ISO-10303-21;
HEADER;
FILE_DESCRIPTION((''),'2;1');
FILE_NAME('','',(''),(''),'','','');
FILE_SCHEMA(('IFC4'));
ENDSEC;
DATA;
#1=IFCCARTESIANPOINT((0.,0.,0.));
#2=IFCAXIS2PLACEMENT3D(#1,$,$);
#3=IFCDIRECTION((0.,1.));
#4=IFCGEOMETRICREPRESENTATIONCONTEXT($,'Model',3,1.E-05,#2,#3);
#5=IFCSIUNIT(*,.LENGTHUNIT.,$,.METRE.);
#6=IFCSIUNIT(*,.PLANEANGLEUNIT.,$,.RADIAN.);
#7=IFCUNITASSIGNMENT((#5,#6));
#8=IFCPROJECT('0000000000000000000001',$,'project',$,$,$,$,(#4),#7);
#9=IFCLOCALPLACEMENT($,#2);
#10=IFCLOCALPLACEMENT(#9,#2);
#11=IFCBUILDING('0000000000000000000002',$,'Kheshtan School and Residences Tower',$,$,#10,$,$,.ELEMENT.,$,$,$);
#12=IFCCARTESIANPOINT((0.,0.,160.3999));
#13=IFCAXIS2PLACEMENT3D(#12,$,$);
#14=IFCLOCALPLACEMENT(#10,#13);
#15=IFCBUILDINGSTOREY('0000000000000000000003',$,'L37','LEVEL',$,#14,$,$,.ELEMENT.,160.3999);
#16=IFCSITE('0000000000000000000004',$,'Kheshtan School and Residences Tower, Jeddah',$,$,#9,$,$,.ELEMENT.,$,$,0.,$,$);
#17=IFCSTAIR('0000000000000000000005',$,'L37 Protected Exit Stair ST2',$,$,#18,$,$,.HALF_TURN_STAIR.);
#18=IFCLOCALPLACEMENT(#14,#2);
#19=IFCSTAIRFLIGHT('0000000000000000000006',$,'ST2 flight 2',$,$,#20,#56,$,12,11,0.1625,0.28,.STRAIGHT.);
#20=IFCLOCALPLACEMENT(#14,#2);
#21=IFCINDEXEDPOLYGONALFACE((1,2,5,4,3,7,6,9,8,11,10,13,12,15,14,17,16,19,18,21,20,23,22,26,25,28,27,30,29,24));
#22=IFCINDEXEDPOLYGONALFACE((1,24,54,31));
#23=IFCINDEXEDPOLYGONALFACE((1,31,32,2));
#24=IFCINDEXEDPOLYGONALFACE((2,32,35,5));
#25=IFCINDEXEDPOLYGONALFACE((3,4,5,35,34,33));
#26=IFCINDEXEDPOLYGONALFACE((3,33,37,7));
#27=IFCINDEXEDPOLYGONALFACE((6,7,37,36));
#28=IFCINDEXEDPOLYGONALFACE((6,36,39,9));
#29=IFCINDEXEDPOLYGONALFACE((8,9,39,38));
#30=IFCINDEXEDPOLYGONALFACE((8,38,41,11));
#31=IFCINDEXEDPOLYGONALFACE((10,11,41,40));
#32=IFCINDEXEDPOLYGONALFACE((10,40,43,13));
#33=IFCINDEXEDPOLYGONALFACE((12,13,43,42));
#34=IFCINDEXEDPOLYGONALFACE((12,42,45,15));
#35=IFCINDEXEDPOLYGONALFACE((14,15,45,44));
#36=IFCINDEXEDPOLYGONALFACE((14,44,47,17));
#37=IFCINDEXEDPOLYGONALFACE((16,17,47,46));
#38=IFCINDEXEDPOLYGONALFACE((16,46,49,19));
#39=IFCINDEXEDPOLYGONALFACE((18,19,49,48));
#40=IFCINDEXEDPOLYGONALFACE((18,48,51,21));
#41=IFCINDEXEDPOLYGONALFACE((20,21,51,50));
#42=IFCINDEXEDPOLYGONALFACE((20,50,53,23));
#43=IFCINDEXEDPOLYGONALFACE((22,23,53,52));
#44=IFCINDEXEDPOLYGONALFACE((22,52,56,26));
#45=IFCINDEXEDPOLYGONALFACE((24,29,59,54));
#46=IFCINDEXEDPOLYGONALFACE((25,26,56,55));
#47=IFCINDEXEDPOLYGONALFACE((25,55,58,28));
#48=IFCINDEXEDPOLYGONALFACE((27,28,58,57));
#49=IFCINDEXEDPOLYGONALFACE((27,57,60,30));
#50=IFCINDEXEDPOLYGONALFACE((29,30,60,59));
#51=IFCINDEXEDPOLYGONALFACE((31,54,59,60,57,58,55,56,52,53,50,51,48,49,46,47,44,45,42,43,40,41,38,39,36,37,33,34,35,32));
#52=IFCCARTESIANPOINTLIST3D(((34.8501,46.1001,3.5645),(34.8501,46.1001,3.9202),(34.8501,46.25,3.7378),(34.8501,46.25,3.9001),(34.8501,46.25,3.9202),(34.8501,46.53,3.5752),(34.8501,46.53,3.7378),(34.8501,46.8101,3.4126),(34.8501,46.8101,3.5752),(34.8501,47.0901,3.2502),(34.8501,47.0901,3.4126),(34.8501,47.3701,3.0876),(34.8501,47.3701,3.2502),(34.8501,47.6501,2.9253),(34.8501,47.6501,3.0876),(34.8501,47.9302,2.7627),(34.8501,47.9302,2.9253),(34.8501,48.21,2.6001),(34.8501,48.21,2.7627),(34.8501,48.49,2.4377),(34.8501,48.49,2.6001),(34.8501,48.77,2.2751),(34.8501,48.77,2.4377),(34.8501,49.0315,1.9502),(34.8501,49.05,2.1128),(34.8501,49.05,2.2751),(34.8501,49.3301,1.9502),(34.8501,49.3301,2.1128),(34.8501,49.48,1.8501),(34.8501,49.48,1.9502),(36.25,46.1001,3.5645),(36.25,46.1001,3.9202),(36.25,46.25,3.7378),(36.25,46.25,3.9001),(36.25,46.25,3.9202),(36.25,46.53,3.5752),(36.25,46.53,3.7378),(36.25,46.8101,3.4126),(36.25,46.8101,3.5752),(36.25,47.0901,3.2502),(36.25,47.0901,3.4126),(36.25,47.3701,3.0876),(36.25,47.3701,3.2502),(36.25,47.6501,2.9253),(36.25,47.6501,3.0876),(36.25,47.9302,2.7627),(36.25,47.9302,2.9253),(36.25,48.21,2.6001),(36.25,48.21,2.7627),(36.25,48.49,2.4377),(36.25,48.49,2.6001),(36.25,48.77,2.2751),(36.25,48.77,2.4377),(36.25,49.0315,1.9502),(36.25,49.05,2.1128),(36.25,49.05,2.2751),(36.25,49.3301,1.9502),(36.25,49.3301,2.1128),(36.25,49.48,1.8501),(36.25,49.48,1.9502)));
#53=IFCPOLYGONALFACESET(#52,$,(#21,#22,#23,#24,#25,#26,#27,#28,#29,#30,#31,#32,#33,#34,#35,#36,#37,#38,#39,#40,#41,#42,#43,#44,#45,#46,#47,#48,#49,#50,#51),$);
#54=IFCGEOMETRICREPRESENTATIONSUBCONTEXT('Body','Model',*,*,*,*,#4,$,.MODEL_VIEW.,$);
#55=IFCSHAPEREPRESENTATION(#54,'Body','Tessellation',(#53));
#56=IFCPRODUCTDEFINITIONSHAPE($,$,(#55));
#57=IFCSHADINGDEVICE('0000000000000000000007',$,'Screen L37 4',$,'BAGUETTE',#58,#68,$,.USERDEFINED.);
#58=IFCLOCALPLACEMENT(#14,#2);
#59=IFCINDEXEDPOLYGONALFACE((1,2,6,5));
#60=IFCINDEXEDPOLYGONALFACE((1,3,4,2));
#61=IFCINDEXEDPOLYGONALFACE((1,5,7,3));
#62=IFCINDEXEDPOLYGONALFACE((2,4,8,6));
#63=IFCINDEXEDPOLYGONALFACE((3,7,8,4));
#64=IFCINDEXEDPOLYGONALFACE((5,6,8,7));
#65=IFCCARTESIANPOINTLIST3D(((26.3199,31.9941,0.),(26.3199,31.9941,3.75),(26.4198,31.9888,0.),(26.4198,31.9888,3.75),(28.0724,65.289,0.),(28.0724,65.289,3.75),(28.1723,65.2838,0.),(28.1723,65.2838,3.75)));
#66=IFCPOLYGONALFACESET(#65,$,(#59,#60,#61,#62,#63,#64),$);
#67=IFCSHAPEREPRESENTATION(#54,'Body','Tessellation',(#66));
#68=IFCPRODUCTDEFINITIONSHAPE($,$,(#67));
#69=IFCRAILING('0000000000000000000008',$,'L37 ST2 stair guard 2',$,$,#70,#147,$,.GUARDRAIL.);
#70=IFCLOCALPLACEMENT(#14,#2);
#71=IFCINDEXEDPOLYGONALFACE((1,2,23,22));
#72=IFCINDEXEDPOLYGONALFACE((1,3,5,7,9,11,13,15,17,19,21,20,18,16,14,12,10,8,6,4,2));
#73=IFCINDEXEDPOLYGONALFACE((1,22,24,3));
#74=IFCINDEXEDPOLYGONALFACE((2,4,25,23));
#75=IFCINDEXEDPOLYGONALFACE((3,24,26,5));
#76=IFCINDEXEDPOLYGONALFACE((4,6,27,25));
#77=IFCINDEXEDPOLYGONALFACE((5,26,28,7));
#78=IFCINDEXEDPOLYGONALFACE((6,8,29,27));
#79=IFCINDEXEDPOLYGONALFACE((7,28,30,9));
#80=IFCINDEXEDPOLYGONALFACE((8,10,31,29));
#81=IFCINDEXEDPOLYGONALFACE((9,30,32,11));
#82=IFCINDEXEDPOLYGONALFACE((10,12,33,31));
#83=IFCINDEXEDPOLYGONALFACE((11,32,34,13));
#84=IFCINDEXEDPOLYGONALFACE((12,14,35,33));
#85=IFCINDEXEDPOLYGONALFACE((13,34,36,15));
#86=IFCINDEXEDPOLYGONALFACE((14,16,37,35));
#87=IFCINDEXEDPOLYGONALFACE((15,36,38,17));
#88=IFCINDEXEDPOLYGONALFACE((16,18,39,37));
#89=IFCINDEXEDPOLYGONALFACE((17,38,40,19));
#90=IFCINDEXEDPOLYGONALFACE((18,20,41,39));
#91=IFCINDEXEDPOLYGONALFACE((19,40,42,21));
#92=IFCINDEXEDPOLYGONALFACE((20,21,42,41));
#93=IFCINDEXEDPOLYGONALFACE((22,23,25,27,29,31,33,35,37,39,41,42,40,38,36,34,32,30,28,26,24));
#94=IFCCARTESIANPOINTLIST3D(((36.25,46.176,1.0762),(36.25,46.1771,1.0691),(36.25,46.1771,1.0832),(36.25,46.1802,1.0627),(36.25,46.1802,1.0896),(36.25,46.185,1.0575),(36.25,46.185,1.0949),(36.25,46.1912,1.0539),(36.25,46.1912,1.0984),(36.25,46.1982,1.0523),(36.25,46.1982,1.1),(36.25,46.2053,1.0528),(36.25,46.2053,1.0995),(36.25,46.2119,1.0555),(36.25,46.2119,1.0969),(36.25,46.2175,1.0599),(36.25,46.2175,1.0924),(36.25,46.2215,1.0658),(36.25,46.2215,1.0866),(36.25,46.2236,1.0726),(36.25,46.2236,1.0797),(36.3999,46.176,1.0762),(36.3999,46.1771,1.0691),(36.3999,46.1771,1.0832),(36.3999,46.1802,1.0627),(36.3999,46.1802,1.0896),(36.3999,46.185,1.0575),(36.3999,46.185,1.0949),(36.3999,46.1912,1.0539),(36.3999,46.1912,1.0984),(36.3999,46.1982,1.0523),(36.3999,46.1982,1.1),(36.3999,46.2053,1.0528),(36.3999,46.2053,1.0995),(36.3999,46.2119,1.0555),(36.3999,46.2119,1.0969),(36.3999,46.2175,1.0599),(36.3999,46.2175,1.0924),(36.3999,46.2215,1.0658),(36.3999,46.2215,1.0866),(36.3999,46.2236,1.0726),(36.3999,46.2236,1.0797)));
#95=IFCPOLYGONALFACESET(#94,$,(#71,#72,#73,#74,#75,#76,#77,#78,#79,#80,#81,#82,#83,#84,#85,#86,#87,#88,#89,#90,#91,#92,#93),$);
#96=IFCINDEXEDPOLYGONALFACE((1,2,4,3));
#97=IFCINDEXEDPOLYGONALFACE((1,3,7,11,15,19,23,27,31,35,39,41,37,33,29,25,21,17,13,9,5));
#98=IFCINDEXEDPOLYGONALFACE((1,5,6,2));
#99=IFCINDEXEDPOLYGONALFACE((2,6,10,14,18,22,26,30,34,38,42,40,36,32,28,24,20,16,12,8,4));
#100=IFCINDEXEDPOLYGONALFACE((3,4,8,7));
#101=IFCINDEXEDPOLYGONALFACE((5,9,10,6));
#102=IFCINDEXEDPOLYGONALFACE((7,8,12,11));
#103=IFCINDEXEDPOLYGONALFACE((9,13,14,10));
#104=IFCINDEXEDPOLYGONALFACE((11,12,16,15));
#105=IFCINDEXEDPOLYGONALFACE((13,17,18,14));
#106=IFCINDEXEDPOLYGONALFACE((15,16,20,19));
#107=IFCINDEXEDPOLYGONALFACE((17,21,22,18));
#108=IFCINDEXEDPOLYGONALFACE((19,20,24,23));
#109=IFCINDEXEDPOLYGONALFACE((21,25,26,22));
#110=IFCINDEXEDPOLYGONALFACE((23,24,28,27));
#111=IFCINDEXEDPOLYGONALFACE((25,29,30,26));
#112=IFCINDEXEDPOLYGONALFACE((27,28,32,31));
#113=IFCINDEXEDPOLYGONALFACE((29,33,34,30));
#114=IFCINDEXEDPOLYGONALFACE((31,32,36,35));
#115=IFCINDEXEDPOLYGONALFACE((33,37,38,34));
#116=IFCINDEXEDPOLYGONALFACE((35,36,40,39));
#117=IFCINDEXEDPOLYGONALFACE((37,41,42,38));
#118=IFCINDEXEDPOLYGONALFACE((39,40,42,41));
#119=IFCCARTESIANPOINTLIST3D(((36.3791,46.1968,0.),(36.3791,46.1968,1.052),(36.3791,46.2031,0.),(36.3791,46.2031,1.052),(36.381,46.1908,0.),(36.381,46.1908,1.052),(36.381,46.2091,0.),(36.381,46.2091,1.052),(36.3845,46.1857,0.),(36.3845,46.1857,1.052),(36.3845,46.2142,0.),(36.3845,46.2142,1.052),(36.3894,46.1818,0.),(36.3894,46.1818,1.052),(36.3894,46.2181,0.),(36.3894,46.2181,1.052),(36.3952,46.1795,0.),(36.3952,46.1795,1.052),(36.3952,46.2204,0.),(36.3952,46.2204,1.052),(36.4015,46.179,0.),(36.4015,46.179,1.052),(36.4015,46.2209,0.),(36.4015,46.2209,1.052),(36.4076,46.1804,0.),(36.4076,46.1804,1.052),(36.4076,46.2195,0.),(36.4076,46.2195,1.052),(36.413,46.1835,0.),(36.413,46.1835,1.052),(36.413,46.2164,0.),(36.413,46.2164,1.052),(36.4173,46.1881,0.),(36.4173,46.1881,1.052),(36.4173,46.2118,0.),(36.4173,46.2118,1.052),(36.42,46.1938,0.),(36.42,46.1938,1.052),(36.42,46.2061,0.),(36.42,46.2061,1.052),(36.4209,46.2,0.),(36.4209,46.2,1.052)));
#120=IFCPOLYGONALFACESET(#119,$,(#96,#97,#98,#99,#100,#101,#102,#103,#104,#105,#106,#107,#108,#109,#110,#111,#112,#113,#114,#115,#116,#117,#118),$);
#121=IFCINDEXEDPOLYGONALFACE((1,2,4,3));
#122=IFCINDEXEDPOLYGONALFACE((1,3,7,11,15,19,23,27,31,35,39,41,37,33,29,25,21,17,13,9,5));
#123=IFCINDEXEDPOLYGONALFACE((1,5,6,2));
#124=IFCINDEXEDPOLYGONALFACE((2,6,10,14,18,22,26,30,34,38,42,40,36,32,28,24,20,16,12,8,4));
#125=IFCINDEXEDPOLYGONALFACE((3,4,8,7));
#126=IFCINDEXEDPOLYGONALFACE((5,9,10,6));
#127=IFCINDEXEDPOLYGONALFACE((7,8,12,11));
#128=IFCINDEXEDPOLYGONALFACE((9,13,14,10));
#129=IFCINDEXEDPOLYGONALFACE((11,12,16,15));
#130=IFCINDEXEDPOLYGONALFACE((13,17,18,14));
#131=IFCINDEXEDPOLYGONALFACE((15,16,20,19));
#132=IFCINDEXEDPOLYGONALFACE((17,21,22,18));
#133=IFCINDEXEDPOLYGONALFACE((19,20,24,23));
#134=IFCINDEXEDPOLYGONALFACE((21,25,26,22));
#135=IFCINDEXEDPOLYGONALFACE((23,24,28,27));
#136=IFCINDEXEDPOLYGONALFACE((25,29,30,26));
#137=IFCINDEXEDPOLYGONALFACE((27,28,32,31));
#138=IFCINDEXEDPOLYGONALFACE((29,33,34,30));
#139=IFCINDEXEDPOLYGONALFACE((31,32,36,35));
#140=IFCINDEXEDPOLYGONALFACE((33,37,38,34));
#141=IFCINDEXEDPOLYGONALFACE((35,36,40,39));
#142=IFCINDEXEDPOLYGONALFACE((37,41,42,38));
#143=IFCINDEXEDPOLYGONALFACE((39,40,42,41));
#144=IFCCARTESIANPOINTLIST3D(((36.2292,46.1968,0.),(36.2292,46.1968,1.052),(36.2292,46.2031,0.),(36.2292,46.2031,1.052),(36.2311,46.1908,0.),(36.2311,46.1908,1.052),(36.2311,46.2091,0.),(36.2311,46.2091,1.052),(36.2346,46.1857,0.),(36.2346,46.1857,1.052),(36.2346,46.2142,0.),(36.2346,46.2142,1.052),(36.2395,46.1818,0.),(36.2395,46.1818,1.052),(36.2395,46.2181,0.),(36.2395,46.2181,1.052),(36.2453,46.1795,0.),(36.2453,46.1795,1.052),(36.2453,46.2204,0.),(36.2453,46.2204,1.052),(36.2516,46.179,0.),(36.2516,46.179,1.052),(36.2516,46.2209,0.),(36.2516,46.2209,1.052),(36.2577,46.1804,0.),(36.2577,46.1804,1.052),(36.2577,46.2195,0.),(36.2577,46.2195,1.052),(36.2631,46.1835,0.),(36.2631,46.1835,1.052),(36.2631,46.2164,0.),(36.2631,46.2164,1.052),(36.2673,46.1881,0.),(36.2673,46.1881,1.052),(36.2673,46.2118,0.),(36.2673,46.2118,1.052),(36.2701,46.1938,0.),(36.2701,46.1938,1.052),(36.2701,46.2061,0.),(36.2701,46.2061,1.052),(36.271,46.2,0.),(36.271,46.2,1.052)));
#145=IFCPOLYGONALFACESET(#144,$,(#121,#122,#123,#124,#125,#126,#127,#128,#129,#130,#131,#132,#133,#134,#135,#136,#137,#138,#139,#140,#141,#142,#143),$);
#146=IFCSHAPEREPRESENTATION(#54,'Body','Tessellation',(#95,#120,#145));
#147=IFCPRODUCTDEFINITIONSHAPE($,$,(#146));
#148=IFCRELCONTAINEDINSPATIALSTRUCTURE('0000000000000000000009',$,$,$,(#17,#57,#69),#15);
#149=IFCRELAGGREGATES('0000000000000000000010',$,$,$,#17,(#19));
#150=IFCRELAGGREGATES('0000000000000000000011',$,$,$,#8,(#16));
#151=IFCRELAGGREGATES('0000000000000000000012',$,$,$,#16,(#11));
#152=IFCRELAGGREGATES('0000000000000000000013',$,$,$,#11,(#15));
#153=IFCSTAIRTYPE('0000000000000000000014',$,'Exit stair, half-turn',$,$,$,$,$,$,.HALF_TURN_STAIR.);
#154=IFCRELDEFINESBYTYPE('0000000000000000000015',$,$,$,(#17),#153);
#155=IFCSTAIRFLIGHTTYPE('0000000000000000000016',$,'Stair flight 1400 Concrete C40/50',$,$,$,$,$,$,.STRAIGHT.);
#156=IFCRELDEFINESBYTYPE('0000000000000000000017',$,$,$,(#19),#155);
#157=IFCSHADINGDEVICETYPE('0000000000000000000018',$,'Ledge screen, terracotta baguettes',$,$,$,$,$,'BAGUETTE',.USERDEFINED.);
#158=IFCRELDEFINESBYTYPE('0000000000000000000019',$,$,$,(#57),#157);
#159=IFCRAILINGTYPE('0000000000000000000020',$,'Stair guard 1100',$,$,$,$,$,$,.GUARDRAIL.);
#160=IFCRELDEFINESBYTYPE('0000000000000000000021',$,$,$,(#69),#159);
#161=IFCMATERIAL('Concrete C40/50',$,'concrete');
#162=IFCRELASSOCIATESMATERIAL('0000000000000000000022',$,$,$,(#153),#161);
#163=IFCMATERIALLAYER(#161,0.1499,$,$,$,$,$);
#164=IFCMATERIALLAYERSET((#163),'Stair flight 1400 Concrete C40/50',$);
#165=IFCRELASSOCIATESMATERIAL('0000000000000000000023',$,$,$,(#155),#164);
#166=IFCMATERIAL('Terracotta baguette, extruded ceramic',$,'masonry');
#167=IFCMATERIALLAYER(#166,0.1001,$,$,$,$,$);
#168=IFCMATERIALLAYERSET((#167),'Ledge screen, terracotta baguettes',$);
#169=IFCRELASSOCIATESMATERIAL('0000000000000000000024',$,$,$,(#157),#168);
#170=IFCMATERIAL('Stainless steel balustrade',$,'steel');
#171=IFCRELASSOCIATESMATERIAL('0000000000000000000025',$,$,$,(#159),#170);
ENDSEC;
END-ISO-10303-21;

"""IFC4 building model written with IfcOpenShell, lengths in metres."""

from ifc_helpers import new_model, si_unit, direction, frame, origin, origin_2d, place, context, subcontext, project, spatial, polyline, rectangle, circle, outline, extrude, material, layer, layer_set, type_object, element, aggregate, save


model = new_model("IFC4")

# Units and contexts
model_context = context("Model", 3, precision=1e-05, world=origin(), true_north=direction((0.0, 1.0)))
body_context = subcontext(model_context, "Body", "Model", "MODEL_VIEW")
ifc_project = project(units=[si_unit("LENGTHUNIT", "METRE"), si_unit("PLANEANGLEUNIT", "RADIAN")], contexts=[model_context])

# Site, building, storey
site_placement = place(None, origin())
site = spatial("IfcSite", under=ifc_project, at=site_placement, Name="Kheshtan School and Residences Tower, Jeddah", CompositionType="ELEMENT", RefElevation=0.0)
building_placement = place(site_placement, origin())
building = spatial("IfcBuilding", under=site, at=building_placement, Name="Kheshtan School and Residences Tower", CompositionType="ELEMENT")
storey_placement = place(building_placement, frame((0.0, 0.0, 160.3999)))
storey = spatial("IfcBuildingStorey", under=building, at=storey_placement, Name="L37", Description="LEVEL", CompositionType="ELEMENT", Elevation=160.3999)

# Shared definitions
ifc_material_1 = material(Name="Concrete C40/50", Category="concrete")

# Stair, stair flight
stair_type = type_object("IfcStairType", Name="Exit stair, half-turn", PredefinedType="HALF_TURN_STAIR", material=ifc_material_1)
stair_placement = place(storey_placement, origin())
stair = element("IfcStair", 1, at=stair_placement, inside=storey, type_object=stair_type, Name="L37 Protected Exit Stair ST2", PredefinedType="HALF_TURN_STAIR")
ifc_layer_1 = layer(ifc_material_1, 0.1499)
ifc_layer_set_1 = layer_set([ifc_layer_1], Name="Stair flight 1400 Concrete C40/50")
stair_flight_type = type_object("IfcStairFlightType", Name="Stair flight 1400 Concrete C40/50", PredefinedType="STRAIGHT", material=ifc_layer_set_1)
stair_flight_1_placement = place(storey_placement, frame((35.55, 49.3301, 1.9502), z_axis=(0.0, 0.0, 1.0), x_axis=(0.0, -1.0, 0.0)))
stair_flight_1 = element("IfcStairFlight", 2, at=stair_flight_1_placement, type_object=stair_flight_type, Name="ST2 flight 2", NumberOfRisers=12, NumberOfTreads=11, PredefinedType="STRAIGHT", RiserHeight=0.1625, TreadLength=0.28, context=body_context, shape_type="SweptSolid", body=[
    extrude(outline(polyline([(-0.1499, -0.1001), (-0.1499, 0.0), (0.0, 0.0), (0.0, 0.1626), (0.28, 0.1626), (0.28, 0.325), (0.5601, 0.325), (0.5601, 0.4875), (0.8401, 0.4875), (0.8401, 0.6499), (1.1201, 0.6499), (1.1201, 0.8125), (1.3999, 0.8125), (1.3999, 0.9751), (1.6799, 0.9751), (1.6799, 1.1375), (1.96, 1.1375), (1.96, 1.3), (2.24, 1.3), (2.24, 1.4624), (2.52, 1.4624), (2.52, 1.625), (2.8, 1.625), (2.8, 1.7876), (3.0801, 1.7876), (3.0801, 1.95), (3.0801, 1.97), (3.23, 1.97), (3.23, 1.6143), (0.2986, 0.0), (-0.1499, -0.1001)])), frame((0.0, 0.7, 0.0), z_axis=(0.0, -1.0, 0.0), x_axis=(1.0, 0.0, 0.0)), (0.0, 0.0, 1.0), 1.3999),
])
aggregate(stair, [stair_flight_1])

# Shading device
ifc_material_2 = material(Name="Terracotta baguette, extruded ceramic", Category="masonry")
ifc_layer_2 = layer(ifc_material_2, 0.1001)
ifc_layer_set_2 = layer_set([ifc_layer_2], Name="Ledge screen, terracotta baguettes")
shading_device_type = type_object("IfcShadingDeviceType", Name="Ledge screen, terracotta baguettes", ElementType="BAGUETTE", PredefinedType="USERDEFINED", material=ifc_layer_set_2)
shading_device_placement = place(storey_placement, frame((27.2461, 48.6389, 0.0), z_axis=(0.0, 0.0, 1.0), x_axis=(0.052563, 0.998618, 0.0)))
element("IfcShadingDevice", 3, at=shading_device_placement, inside=storey, type_object=shading_device_type, Name="Screen L37 4", ObjectType="BAGUETTE", PredefinedType="USERDEFINED", context=body_context, shape_type="SweptSolid", body=[
    extrude(rectangle(XDim=33.3411, YDim=0.1001, at=origin_2d()), origin(), (0.0, 0.0, 1.0), 3.75),
])

# Railing
ifc_material_3 = material(Name="Stainless steel balustrade", Category="steel")
railing_type_1 = type_object("IfcRailingType", Name="Stair guard 1100", PredefinedType="GUARDRAIL", material=ifc_material_3)
railing_1_placement = place(storey_placement, frame((36.3999, 46.2, 0.0)))
element("IfcRailing", 4, at=railing_1_placement, inside=storey, type_object=railing_type_1, Name="L37 ST2 stair guard 2", PredefinedType="GUARDRAIL", context=body_context, shape_type="SweptSolid", body=[
    extrude(circle(Radius=0.0239, at=origin_2d()), frame((0.0, 0.0, 1.0762), z_axis=(-1.0, 0.0, 0.0), x_axis=(0.0, -1.0, 0.0)), (0.0, 0.0, 1.0), 0.1499),
    extrude(circle(Radius=0.021, at=origin_2d()), origin(), (0.0, 0.0, 1.0), 1.052),
    extrude(circle(Radius=0.021, at=origin_2d()), frame((-0.1499, 0.0, 0.0)), (0.0, 0.0, 1.0), 1.052),
])

save(model, "model.ifc")
